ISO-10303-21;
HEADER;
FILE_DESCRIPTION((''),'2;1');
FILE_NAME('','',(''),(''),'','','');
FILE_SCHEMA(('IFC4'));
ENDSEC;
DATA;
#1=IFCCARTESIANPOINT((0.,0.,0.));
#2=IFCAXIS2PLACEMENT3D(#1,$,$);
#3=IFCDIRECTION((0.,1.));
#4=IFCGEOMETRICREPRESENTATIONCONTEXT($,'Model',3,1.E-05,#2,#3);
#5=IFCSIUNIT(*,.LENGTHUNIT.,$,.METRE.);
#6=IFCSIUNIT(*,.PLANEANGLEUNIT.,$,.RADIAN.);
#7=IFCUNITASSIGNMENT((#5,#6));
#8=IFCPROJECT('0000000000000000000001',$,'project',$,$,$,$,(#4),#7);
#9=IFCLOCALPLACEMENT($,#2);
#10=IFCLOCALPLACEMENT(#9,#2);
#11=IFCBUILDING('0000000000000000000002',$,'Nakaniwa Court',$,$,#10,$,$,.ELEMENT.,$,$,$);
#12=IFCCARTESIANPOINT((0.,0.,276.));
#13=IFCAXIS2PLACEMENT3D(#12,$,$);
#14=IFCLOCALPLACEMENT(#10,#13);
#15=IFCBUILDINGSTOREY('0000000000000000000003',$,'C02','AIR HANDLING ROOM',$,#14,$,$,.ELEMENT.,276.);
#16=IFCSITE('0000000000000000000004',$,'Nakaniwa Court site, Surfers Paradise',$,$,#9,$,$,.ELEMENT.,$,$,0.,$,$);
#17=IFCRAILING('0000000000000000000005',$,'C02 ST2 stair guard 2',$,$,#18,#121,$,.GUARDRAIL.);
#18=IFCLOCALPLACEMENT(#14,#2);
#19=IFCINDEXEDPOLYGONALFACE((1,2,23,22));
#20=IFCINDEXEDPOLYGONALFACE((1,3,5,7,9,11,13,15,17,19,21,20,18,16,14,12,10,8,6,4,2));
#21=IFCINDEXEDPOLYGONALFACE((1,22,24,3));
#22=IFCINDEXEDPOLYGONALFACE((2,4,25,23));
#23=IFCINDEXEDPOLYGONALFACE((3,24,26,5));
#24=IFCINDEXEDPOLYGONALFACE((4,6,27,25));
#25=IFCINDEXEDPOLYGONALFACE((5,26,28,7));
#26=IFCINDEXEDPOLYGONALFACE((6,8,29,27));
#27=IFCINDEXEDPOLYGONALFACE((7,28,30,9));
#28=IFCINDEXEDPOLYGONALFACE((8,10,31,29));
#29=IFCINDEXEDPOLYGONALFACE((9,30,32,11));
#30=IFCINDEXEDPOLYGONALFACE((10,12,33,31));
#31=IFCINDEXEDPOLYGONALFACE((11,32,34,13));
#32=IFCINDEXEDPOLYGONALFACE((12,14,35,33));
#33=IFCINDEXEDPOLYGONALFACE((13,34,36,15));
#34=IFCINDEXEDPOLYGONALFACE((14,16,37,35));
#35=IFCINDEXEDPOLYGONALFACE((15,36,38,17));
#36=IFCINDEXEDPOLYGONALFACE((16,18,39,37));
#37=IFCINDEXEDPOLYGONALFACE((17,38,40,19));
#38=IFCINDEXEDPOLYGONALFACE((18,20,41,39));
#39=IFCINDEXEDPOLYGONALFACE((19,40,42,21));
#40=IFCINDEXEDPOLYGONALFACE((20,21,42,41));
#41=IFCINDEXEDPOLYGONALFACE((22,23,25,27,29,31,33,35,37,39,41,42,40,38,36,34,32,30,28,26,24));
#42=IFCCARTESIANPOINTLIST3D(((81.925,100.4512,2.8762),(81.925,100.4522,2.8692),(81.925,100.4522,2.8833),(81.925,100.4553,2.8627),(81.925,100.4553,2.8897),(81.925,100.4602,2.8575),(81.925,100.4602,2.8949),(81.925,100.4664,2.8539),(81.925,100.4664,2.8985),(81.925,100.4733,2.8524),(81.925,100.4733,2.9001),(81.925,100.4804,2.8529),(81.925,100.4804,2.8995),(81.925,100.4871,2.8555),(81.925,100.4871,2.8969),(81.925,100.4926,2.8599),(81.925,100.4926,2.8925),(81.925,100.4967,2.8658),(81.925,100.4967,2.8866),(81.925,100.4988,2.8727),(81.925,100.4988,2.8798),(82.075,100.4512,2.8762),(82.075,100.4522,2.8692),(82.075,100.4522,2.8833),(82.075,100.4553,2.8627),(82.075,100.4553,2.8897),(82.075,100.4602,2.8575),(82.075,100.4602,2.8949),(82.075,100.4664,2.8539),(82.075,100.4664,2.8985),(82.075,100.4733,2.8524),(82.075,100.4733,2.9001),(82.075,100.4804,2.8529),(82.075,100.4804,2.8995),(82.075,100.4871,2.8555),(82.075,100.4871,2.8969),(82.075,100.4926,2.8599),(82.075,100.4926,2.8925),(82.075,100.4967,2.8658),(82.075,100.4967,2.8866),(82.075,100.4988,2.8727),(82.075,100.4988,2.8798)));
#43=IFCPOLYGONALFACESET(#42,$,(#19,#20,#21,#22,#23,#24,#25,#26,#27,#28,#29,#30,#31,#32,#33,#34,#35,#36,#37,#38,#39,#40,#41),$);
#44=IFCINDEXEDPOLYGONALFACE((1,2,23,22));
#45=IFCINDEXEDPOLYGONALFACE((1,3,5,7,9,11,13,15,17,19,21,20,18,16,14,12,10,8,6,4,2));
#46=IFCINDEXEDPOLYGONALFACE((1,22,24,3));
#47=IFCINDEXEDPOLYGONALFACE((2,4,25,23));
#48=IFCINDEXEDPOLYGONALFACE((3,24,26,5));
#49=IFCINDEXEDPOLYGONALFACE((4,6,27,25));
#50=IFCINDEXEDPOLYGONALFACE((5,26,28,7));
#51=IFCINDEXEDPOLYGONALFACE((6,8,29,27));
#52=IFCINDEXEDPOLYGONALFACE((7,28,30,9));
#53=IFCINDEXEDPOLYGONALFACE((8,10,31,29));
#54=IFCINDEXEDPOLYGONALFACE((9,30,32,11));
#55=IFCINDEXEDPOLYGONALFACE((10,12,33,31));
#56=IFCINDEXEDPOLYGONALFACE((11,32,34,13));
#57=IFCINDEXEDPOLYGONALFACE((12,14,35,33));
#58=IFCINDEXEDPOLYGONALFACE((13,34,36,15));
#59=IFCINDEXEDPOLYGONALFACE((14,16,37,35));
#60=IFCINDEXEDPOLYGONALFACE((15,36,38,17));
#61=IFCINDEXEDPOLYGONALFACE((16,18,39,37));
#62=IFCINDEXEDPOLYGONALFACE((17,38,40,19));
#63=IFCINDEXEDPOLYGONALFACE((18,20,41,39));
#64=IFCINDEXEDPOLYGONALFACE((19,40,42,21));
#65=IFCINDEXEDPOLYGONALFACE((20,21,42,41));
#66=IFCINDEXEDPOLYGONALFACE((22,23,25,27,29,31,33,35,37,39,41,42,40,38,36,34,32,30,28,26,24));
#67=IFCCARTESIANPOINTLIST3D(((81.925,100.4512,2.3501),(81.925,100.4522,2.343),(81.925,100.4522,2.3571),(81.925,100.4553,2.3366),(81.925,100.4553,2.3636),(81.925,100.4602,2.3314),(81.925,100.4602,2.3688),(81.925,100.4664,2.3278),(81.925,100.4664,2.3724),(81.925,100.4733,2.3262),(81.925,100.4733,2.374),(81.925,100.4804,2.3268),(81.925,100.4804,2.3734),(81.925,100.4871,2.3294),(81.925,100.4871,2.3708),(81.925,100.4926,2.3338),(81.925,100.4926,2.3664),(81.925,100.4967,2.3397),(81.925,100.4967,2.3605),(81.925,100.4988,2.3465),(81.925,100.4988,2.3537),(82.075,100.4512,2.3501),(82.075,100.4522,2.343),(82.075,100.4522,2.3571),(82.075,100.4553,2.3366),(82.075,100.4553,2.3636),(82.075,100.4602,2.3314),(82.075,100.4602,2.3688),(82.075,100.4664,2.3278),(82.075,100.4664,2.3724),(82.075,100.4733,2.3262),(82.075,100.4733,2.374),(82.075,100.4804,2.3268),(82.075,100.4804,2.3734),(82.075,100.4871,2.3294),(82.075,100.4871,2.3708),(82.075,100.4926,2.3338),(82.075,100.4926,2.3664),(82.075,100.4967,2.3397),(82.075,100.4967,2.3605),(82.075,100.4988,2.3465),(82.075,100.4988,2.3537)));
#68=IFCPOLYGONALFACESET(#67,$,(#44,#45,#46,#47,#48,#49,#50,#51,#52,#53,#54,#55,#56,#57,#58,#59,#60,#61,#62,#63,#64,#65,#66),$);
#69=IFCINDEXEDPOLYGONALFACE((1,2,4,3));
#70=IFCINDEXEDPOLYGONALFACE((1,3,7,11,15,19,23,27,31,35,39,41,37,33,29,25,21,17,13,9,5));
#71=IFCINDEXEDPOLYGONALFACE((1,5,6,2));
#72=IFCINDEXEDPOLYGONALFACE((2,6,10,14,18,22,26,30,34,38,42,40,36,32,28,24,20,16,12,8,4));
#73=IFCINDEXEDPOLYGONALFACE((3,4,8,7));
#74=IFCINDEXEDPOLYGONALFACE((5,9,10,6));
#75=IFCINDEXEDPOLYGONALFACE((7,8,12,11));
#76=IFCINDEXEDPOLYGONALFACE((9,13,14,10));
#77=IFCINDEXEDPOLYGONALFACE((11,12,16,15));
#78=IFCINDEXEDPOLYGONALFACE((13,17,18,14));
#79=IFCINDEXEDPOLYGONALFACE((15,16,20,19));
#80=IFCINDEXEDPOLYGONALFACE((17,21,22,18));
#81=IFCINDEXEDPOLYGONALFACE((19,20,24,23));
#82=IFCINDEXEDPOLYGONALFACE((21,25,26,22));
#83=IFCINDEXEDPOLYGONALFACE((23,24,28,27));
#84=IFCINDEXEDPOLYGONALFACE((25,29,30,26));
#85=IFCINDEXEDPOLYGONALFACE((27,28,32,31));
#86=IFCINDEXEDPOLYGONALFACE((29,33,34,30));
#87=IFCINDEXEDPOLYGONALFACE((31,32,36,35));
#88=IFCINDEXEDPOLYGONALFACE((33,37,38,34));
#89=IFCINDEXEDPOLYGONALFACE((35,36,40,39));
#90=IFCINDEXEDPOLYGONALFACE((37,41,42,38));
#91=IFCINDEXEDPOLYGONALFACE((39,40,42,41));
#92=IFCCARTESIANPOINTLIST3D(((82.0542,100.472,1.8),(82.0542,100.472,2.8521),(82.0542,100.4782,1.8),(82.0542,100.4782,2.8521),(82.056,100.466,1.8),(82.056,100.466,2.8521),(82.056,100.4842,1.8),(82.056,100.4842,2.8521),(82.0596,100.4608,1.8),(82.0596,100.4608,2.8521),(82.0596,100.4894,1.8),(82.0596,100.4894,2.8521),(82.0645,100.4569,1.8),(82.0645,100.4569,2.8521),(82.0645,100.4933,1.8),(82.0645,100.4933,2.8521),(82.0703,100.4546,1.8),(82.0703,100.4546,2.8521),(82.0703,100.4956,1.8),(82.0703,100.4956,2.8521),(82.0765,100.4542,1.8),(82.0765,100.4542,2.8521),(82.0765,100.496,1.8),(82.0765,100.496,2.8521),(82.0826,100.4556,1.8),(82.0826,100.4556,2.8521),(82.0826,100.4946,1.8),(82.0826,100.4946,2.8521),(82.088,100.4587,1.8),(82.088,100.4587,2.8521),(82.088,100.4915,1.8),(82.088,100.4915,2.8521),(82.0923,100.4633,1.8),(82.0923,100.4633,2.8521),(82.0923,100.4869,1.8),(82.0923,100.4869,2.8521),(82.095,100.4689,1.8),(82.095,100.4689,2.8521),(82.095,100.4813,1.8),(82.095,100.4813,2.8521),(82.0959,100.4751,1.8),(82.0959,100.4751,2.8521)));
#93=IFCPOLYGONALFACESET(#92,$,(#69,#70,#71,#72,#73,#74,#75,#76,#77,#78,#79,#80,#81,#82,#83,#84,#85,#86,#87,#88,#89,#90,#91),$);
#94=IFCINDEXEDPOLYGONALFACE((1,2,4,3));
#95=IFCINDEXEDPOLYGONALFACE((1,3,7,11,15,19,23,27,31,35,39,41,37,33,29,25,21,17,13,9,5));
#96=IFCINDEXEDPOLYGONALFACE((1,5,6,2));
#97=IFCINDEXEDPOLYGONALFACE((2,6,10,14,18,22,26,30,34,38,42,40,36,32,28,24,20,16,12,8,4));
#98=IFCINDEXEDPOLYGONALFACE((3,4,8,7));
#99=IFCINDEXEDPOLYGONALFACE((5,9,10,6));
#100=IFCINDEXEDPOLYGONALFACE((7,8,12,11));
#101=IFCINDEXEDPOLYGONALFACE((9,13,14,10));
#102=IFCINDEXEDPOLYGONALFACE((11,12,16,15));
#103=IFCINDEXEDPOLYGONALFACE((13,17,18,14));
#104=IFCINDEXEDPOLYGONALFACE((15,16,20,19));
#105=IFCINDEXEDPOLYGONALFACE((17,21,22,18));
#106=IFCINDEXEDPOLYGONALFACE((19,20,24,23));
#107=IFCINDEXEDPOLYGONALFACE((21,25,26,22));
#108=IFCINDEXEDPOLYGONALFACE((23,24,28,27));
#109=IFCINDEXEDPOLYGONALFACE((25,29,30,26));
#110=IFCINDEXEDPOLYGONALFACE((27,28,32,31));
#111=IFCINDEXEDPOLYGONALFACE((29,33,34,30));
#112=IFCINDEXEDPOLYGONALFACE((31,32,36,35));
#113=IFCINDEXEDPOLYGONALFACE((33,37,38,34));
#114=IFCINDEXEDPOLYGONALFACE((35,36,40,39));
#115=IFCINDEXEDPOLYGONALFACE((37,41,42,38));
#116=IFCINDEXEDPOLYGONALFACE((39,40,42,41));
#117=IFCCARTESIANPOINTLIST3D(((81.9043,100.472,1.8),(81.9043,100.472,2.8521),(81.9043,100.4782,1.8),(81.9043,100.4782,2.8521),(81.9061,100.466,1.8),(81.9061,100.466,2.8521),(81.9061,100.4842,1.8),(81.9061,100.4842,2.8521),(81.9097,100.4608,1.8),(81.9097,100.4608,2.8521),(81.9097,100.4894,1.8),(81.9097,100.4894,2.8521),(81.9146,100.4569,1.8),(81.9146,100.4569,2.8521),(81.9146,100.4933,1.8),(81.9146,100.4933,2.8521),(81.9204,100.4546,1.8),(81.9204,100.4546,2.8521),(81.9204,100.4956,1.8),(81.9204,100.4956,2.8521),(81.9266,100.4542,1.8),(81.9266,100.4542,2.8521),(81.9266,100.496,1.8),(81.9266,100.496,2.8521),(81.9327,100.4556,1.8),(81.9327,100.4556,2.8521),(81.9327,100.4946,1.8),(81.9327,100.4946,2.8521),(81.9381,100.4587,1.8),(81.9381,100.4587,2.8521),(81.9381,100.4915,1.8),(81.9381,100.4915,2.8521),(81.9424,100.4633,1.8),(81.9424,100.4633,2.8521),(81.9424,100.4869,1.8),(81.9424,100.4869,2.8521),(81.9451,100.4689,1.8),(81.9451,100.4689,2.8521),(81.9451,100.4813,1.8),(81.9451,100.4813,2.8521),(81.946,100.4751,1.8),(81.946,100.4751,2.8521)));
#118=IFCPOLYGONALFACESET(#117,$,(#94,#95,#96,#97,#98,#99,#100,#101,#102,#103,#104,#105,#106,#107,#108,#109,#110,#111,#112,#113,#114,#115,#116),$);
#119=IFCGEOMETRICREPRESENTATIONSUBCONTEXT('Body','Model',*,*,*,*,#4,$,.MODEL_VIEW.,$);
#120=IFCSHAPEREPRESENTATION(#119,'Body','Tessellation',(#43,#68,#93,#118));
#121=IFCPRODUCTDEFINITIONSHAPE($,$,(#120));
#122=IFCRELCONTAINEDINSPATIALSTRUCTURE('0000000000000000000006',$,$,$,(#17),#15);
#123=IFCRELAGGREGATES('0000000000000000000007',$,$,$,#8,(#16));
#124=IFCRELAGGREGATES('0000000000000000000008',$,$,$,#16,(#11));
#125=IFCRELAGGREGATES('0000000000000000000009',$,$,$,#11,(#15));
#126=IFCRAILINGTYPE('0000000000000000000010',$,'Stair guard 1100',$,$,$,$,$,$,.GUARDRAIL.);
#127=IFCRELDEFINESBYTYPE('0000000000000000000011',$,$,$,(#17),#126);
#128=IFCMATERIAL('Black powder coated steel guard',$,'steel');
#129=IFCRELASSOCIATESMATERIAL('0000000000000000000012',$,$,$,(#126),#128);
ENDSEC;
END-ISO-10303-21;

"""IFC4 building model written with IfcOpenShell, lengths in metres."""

from ifc_helpers import new_model, si_unit, direction, frame, origin, origin_2d, place, context, subcontext, project, spatial, circle, extrude, material, type_object, element, save


model = new_model("IFC4")

# Units and contexts
model_context = context("Model", 3, precision=1e-05, world=origin(), true_north=direction((0.0, 1.0)))
body_context = subcontext(model_context, "Body", "Model", "MODEL_VIEW")
ifc_project = project(units=[si_unit("LENGTHUNIT", "METRE"), si_unit("PLANEANGLEUNIT", "RADIAN")], contexts=[model_context])

# Site, building, storey
site_placement = place(None, origin())
site = spatial("IfcSite", under=ifc_project, at=site_placement, Name="Nakaniwa Court site, Surfers Paradise", CompositionType="ELEMENT", RefElevation=0.0)
building_placement = place(site_placement, origin())
building = spatial("IfcBuilding", under=site, at=building_placement, Name="Nakaniwa Court", CompositionType="ELEMENT")
storey_placement = place(building_placement, frame((0.0, 0.0, 276.0)))
storey = spatial("IfcBuildingStorey", under=building, at=storey_placement, Name="C02", Description="AIR HANDLING ROOM", CompositionType="ELEMENT", Elevation=276.0)

# Railing
ifc_material_1 = material(Name="Black powder coated steel guard", Category="steel")
railing_type_1 = type_object("IfcRailingType", Name="Stair guard 1100", PredefinedType="GUARDRAIL", material=ifc_material_1)
railing_1_placement = place(storey_placement, frame((82.075, 100.4751, 1.8)))
element("IfcRailing", 1, at=railing_1_placement, inside=storey, type_object=railing_type_1, Name="C02 ST2 stair guard 2", PredefinedType="GUARDRAIL", context=body_context, shape_type="SweptSolid", body=[
    extrude(circle(Radius=0.0239, at=origin_2d()), frame((0.0, 0.0, 1.0762), z_axis=(-1.0, 0.0, 0.0), x_axis=(0.0, -1.0, 0.0)), (0.0, 0.0, 1.0), 0.1499),
    extrude(circle(Radius=0.0239, at=origin_2d()), frame((0.0, 0.0, 0.55), z_axis=(-1.0, 0.0, 0.0), x_axis=(0.0, -1.0, 0.0)), (0.0, 0.0, 1.0), 0.1499),
    extrude(circle(Radius=0.021, at=origin_2d()), origin(), (0.0, 0.0, 1.0), 1.052),
    extrude(circle(Radius=0.021, at=origin_2d()), frame((-0.1499, 0.0, 0.0)), (0.0, 0.0, 1.0), 1.052),
])

save(model, "model.ifc")
